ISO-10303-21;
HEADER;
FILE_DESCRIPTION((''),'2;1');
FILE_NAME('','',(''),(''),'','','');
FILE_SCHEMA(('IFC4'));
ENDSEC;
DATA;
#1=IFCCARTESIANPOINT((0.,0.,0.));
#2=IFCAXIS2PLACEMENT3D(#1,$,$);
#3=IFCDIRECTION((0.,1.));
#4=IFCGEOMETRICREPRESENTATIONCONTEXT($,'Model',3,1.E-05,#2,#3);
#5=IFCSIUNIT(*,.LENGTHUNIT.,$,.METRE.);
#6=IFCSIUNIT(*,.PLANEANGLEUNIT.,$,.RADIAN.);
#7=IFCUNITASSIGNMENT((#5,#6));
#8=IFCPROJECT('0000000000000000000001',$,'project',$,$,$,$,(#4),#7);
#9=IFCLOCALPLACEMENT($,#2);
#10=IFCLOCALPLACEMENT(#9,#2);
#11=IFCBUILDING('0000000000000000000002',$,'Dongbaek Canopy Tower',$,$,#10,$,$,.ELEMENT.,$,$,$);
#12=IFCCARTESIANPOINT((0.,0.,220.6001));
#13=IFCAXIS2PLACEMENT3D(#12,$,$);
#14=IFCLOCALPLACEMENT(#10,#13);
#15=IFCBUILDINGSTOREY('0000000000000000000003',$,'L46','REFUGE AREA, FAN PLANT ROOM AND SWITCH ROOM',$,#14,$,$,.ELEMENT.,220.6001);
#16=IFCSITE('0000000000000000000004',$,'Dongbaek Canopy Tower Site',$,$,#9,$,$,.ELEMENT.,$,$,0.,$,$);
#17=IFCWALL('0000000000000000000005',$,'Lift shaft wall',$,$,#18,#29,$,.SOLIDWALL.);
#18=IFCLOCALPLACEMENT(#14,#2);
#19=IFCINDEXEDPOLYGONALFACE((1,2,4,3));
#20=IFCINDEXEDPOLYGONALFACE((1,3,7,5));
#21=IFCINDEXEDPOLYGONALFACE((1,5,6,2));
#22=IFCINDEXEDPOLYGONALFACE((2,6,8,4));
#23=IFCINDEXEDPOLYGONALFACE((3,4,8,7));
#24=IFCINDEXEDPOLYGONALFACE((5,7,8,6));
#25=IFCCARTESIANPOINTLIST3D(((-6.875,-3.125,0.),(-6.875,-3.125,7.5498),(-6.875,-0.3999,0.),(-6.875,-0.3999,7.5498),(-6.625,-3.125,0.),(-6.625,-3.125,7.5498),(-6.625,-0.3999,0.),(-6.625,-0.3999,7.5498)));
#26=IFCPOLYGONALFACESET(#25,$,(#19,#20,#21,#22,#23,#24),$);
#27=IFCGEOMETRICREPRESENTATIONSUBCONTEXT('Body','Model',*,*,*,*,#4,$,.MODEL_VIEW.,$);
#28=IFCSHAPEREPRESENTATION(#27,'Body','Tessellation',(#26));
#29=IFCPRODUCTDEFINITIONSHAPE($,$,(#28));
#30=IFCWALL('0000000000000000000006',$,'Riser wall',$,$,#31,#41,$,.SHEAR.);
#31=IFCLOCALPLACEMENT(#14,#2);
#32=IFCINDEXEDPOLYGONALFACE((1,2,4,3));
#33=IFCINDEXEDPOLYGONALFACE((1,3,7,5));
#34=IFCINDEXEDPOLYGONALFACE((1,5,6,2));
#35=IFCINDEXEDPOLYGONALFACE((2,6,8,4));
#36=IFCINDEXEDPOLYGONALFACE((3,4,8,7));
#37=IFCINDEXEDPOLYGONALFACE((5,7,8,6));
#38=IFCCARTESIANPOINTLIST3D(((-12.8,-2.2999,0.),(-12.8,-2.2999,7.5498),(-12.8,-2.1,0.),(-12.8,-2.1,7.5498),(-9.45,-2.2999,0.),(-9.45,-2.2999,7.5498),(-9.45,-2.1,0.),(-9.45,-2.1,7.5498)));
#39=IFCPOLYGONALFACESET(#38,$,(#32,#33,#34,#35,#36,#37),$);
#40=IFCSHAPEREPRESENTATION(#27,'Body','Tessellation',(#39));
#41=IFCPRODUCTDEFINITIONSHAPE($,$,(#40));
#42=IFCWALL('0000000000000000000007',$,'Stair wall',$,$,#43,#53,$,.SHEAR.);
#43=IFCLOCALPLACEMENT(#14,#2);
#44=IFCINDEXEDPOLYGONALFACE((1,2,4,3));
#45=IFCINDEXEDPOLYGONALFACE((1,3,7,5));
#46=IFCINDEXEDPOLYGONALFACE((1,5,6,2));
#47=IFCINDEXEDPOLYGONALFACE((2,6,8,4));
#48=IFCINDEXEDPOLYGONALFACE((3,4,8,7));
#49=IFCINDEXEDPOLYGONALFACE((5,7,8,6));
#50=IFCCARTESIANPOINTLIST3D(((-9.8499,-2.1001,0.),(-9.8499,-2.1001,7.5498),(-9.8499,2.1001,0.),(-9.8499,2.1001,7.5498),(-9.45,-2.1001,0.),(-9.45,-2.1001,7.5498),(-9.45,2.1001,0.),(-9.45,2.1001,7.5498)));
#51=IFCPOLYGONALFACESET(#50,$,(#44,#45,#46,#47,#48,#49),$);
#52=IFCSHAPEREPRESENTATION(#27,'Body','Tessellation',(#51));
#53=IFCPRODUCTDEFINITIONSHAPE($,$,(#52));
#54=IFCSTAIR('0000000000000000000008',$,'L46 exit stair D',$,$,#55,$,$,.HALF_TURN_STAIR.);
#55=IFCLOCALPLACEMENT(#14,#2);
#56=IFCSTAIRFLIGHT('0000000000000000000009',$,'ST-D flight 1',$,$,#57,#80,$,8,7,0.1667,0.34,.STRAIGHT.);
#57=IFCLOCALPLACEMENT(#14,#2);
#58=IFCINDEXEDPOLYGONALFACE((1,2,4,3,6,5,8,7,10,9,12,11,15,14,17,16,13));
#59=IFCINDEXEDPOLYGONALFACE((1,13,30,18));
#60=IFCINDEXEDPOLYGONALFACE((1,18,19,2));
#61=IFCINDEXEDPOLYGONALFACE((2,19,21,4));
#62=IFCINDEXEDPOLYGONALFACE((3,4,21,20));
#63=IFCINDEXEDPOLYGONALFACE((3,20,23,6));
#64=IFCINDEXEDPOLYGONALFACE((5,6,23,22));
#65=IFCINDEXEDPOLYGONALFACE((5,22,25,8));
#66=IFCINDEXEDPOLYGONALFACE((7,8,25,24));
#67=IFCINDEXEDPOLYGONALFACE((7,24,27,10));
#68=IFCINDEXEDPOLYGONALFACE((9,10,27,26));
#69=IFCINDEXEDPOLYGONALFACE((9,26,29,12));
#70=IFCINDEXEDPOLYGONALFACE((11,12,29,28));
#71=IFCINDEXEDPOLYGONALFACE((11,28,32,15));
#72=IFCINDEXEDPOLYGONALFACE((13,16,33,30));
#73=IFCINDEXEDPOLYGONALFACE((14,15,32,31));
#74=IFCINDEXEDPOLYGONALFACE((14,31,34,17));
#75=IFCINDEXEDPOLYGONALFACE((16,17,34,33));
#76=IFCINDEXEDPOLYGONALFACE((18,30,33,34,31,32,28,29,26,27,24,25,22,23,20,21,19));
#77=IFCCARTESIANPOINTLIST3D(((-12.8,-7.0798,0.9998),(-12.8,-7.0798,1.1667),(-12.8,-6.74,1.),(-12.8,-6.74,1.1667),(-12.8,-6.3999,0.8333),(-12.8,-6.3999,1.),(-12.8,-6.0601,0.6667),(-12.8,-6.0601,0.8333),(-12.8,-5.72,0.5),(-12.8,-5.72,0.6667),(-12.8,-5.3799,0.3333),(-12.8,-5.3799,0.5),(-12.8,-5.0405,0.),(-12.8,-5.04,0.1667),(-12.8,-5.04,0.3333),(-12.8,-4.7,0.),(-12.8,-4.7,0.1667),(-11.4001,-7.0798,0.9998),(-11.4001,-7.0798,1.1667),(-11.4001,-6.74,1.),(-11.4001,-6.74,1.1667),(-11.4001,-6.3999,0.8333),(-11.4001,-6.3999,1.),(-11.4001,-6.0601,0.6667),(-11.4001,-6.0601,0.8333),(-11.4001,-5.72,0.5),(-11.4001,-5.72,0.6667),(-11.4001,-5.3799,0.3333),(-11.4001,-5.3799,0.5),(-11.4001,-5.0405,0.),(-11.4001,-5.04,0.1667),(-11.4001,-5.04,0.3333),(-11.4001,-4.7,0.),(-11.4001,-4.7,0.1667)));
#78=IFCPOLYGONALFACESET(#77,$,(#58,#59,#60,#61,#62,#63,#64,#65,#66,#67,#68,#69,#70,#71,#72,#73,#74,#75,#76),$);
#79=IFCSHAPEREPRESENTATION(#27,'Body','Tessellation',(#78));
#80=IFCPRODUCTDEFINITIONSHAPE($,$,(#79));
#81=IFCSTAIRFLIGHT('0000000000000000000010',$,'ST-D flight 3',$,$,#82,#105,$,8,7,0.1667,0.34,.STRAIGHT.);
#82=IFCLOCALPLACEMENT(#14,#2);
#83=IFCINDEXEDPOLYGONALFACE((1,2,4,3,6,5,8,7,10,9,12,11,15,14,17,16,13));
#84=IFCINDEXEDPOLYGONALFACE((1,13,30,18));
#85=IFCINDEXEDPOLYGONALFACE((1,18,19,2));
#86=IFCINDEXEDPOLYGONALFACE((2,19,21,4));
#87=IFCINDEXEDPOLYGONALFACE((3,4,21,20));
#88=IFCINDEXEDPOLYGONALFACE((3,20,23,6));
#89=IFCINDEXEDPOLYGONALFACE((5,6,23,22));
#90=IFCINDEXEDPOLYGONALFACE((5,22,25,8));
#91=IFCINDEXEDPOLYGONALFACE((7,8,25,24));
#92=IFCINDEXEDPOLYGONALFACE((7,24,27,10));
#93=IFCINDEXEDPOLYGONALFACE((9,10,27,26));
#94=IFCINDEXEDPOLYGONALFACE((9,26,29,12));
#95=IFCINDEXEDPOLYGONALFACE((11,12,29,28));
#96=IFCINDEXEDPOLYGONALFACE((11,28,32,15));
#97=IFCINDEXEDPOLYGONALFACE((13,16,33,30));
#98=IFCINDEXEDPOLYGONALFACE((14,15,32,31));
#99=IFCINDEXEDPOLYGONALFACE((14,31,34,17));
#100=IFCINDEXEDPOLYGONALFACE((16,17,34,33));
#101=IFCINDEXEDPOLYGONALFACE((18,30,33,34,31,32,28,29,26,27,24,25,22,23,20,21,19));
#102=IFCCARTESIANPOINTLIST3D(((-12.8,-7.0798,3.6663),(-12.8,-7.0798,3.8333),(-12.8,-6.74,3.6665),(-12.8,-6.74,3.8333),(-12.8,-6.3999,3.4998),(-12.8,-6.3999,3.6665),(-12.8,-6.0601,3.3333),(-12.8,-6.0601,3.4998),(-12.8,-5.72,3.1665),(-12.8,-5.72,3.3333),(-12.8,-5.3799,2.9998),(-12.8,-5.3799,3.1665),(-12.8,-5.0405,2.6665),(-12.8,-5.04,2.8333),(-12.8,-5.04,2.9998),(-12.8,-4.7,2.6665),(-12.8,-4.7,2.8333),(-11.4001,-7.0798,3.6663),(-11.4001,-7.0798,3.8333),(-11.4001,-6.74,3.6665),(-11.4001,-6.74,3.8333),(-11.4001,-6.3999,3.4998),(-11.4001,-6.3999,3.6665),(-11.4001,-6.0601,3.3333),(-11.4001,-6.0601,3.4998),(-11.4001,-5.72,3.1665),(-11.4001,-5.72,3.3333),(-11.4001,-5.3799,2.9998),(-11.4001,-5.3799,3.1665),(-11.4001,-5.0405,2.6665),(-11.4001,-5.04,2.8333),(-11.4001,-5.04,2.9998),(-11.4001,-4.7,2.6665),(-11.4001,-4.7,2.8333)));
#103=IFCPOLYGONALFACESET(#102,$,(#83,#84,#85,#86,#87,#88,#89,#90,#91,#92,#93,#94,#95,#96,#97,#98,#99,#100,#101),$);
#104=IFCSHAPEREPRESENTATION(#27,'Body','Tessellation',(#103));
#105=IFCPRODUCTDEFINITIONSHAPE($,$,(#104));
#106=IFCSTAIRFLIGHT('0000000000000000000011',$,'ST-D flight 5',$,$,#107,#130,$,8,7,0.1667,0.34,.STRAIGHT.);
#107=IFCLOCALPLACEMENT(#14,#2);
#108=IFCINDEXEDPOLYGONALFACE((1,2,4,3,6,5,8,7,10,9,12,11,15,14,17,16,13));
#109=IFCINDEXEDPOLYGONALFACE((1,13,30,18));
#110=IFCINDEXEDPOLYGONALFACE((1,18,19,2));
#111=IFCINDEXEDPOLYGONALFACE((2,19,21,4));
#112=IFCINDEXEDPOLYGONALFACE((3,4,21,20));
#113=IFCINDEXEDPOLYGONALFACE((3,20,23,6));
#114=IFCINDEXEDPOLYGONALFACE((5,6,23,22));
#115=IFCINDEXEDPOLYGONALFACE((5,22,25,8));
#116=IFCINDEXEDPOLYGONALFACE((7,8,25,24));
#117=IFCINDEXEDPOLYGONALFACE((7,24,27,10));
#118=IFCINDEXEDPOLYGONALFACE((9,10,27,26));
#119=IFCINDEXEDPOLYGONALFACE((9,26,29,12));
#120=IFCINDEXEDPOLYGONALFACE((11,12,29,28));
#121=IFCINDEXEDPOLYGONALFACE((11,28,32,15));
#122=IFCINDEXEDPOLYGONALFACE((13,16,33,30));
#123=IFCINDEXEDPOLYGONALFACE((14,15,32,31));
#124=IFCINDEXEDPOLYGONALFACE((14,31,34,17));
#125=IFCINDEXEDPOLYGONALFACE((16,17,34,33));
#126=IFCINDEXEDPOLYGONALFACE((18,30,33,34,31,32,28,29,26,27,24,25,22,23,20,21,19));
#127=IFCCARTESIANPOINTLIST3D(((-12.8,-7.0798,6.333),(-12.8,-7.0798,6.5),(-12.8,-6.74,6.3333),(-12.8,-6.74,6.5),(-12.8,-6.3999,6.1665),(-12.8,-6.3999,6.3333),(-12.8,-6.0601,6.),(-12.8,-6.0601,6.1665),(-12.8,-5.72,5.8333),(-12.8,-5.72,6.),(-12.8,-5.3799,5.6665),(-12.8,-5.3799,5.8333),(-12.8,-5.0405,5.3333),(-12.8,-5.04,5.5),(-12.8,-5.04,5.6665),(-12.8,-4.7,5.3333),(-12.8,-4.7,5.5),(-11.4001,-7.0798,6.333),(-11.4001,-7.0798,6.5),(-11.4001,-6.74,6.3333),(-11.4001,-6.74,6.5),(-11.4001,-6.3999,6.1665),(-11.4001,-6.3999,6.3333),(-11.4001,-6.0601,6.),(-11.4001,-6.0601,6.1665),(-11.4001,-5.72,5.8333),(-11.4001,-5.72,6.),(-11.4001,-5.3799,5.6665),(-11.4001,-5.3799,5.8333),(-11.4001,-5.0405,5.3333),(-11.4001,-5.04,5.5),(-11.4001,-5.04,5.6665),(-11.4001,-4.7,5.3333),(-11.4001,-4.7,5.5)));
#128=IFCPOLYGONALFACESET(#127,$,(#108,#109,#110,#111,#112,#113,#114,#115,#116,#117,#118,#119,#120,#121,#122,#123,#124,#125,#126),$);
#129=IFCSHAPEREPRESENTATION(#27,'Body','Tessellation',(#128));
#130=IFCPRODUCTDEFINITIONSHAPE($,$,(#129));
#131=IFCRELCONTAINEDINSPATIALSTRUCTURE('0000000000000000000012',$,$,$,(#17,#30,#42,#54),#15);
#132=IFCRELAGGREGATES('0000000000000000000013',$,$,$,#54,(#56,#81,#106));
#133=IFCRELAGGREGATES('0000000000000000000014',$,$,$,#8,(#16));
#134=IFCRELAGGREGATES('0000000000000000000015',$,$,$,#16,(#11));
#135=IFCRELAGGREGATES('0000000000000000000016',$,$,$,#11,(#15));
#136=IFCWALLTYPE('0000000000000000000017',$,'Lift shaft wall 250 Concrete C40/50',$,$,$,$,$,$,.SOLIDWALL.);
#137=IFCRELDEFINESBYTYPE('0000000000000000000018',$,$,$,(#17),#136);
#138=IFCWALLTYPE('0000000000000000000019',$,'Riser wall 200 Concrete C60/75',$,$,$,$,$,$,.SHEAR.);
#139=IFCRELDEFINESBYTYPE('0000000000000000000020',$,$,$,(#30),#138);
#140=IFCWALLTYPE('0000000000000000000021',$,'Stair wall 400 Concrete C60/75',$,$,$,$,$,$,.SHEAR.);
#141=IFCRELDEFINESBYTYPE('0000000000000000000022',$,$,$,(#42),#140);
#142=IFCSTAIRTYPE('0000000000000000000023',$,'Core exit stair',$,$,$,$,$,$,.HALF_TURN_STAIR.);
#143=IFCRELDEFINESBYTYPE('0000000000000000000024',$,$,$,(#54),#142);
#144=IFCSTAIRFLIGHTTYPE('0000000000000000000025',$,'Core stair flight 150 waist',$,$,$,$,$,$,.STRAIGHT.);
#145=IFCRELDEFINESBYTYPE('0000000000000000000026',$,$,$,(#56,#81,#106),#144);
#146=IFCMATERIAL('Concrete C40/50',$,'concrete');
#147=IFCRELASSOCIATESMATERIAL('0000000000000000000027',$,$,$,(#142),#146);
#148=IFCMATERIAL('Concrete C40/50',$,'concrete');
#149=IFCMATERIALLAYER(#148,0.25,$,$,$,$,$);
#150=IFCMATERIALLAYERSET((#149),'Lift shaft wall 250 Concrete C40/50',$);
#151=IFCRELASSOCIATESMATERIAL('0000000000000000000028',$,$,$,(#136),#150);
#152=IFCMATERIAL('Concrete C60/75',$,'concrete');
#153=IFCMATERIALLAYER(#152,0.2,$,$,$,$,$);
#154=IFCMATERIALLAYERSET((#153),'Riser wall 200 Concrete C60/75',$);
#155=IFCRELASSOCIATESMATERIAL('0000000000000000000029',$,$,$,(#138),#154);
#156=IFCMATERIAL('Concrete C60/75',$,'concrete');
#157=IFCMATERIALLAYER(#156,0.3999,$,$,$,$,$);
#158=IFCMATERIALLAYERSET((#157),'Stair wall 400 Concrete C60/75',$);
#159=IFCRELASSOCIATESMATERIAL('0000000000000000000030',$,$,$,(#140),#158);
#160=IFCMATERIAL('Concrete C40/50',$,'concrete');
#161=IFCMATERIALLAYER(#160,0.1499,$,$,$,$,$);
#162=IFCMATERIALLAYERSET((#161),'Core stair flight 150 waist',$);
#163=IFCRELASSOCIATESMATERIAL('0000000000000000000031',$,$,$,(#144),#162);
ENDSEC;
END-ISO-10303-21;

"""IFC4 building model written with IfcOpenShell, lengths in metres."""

from ifc_helpers import new_model, si_unit, direction, frame, frame_2d, origin, place, context, subcontext, project, spatial, polyline, rectangle, outline, extrude, material, layer, layer_set, type_object, element, aggregate, save


model = new_model("IFC4")

# Units and contexts
model_context = context("Model", 3, precision=1e-05, world=origin(), true_north=direction((0.0, 1.0)))
body_context = subcontext(model_context, "Body", "Model", "MODEL_VIEW")
ifc_project = project(units=[si_unit("LENGTHUNIT", "METRE"), si_unit("PLANEANGLEUNIT", "RADIAN")], contexts=[model_context])

# Site, building, storey
site_placement = place(None, origin())
site = spatial("IfcSite", under=ifc_project, at=site_placement, Name="Dongbaek Canopy Tower Site", CompositionType="ELEMENT", RefElevation=0.0)
building_placement = place(site_placement, origin())
building = spatial("IfcBuilding", under=site, at=building_placement, Name="Dongbaek Canopy Tower", CompositionType="ELEMENT")
storey_placement = place(building_placement, frame((0.0, 0.0, 220.6001)))
storey = spatial("IfcBuildingStorey", under=building, at=storey_placement, Name="L46", Description="REFUGE AREA, FAN PLANT ROOM AND SWITCH ROOM", CompositionType="ELEMENT", Elevation=220.6001)

# Shared definitions
ifc_material_1 = material(Name="Concrete C40/50", Category="concrete")
stair_type = type_object("IfcStairType", Name="Core exit stair", PredefinedType="HALF_TURN_STAIR", material=ifc_material_1)

# Walls
ifc_material_2 = material(Name="Concrete C40/50", Category="concrete")
ifc_layer_1 = layer(ifc_material_2, 0.25)
ifc_layer_set_1 = layer_set([ifc_layer_1], Name="Lift shaft wall 250 Concrete C40/50")
wall_type_1 = type_object("IfcWallType", Name="Lift shaft wall 250 Concrete C40/50", PredefinedType="SOLIDWALL", material=ifc_layer_set_1)
for number, where, z_axis, x_axis, name in (
    (1, (-6.75, -3.125, 0.0), (0.0, 0.0, 1.0), (0.0, 1.0, 0.0), "Lift shaft wall"),
):
    element("IfcWall", number, at=place(storey_placement, frame(where, z_axis=z_axis, x_axis=x_axis)), inside=storey, type_object=wall_type_1, Name=name, PredefinedType="SOLIDWALL", context=body_context, shape_type="SweptSolid", body=[
        extrude(rectangle(XDim=2.7251, YDim=0.25, at=frame_2d((1.3625, 0.0))), origin(), (0.0, 0.0, 1.0), 7.5498),
    ])
ifc_material_3 = material(Name="Concrete C60/75", Category="concrete")
ifc_layer_2 = layer(ifc_material_3, 0.2)
ifc_layer_set_2 = layer_set([ifc_layer_2], Name="Riser wall 200 Concrete C60/75")
wall_type_2 = type_object("IfcWallType", Name="Riser wall 200 Concrete C60/75", PredefinedType="SHEAR", material=ifc_layer_set_2)
wall_1_placement = place(storey_placement, frame((-9.45, -2.2, 0.0), z_axis=(0.0, 0.0, 1.0), x_axis=(-1.0, 0.0, 0.0)))
element("IfcWall", 2, at=wall_1_placement, inside=storey, type_object=wall_type_2, Name="Riser wall", PredefinedType="SHEAR", context=body_context, shape_type="SweptSolid", body=[
    extrude(rectangle(XDim=3.3501, YDim=0.2, at=frame_2d((1.675, 0.0))), origin(), (0.0, 0.0, 1.0), 7.5498),
])
ifc_material_4 = material(Name="Concrete C60/75", Category="concrete")
ifc_layer_3 = layer(ifc_material_4, 0.3999)
ifc_layer_set_3 = layer_set([ifc_layer_3], Name="Stair wall 400 Concrete C60/75")
wall_type_3 = type_object("IfcWallType", Name="Stair wall 400 Concrete C60/75", PredefinedType="SHEAR", material=ifc_layer_set_3)
wall_2_placement = place(storey_placement, frame((-9.6499, -2.1001, 0.0), z_axis=(0.0, 0.0, 1.0), x_axis=(0.0, 1.0, 0.0)))
element("IfcWall", 3, at=wall_2_placement, inside=storey, type_object=wall_type_3, Name="Stair wall", PredefinedType="SHEAR", context=body_context, shape_type="SweptSolid", body=[
    extrude(rectangle(XDim=4.2002, YDim=0.3999, at=frame_2d((2.1001, 0.0))), origin(), (0.0, 0.0, 1.0), 7.5498),
])

# Stair, stair flights
stair_1_placement = place(storey_placement, origin())
stair_1 = element("IfcStair", 4, at=stair_1_placement, inside=storey, type_object=stair_type, Name="L46 exit stair D", PredefinedType="HALF_TURN_STAIR")
ifc_material_5 = material(Name="Concrete C40/50", Category="concrete")
ifc_layer_4 = layer(ifc_material_5, 0.1499)
ifc_layer_set_4 = layer_set([ifc_layer_4], Name="Core stair flight 150 waist")
stair_flight_type = type_object("IfcStairFlightType", Name="Core stair flight 150 waist", PredefinedType="STRAIGHT", material=ifc_layer_set_4)
stair_flight_1_placement = place(storey_placement, frame((-12.1001, -4.7, 0.0), z_axis=(0.0, 0.0, 1.0), x_axis=(0.0, -1.0, 0.0)))
stair_flight_1 = element("IfcStairFlight", 5, at=stair_flight_1_placement, type_object=stair_flight_type, Name="ST-D flight 1", NumberOfRisers=8, NumberOfTreads=7, PredefinedType="STRAIGHT", RiserHeight=0.1667, TreadLength=0.34, context=body_context, shape_type="SweptSolid", body=[
    extrude(outline(polyline([(0.0, 0.0), (0.0, 0.1667), (0.3401, 0.1667), (0.3401, 0.3333), (0.6799, 0.3333), (0.6799, 0.5), (1.02, 0.5), (1.02, 0.6667), (1.3601, 0.6667), (1.3601, 0.8333), (1.7, 0.8333), (1.7, 1.0), (2.04, 1.0), (2.04, 1.1667), (2.3799, 1.1667), (2.3799, 1.3333), (2.3799, 0.9998), (0.3406, 0.0), (0.0, 0.0)])), frame((0.0, 0.7, 0.0), z_axis=(0.0, -1.0, 0.0), x_axis=(1.0, 0.0, 0.0)), (0.0, 0.0, 1.0), 1.3999),
])
stair_flight_2_placement = place(storey_placement, frame((-12.1001, -4.7, 2.6665), z_axis=(0.0, 0.0, 1.0), x_axis=(0.0, -1.0, 0.0)))
stair_flight_2 = element("IfcStairFlight", 6, at=stair_flight_2_placement, type_object=stair_flight_type, Name="ST-D flight 3", NumberOfRisers=8, NumberOfTreads=7, PredefinedType="STRAIGHT", RiserHeight=0.1667, TreadLength=0.34, context=body_context, shape_type="SweptSolid", body=[
    extrude(outline(polyline([(0.0, 0.0), (0.0, 0.1667), (0.3401, 0.1667), (0.3401, 0.3333), (0.6799, 0.3333), (0.6799, 0.5), (1.02, 0.5), (1.02, 0.6667), (1.3601, 0.6667), (1.3601, 0.8333), (1.7, 0.8333), (1.7, 1.0), (2.04, 1.0), (2.04, 1.1667), (2.3799, 1.1667), (2.3799, 1.3333), (2.3799, 0.9998), (0.3406, 0.0), (0.0, 0.0)])), frame((0.0, 0.7, 0.0), z_axis=(0.0, -1.0, 0.0), x_axis=(1.0, 0.0, 0.0)), (0.0, 0.0, 1.0), 1.3999),
])
stair_flight_3_placement = place(storey_placement, frame((-12.1001, -4.7, 5.3333), z_axis=(0.0, 0.0, 1.0), x_axis=(0.0, -1.0, 0.0)))
stair_flight_3 = element("IfcStairFlight", 7, at=stair_flight_3_placement, type_object=stair_flight_type, Name="ST-D flight 5", NumberOfRisers=8, NumberOfTreads=7, PredefinedType="STRAIGHT", RiserHeight=0.1667, TreadLength=0.34, context=body_context, shape_type="SweptSolid", body=[
    extrude(outline(polyline([(0.0, 0.0), (0.0, 0.1667), (0.3401, 0.1667), (0.3401, 0.3333), (0.6799, 0.3333), (0.6799, 0.5), (1.02, 0.5), (1.02, 0.6667), (1.3601, 0.6667), (1.3601, 0.8333), (1.7, 0.8333), (1.7, 1.0), (2.04, 1.0), (2.04, 1.1667), (2.3799, 1.1667), (2.3799, 1.3333), (2.3799, 0.9998), (0.3406, 0.0), (0.0, 0.0)])), frame((0.0, 0.7, 0.0), z_axis=(0.0, -1.0, 0.0), x_axis=(1.0, 0.0, 0.0)), (0.0, 0.0, 1.0), 1.3999),
])
aggregate(stair_1, [stair_flight_1, stair_flight_2, stair_flight_3])

save(model, "model.ifc")
